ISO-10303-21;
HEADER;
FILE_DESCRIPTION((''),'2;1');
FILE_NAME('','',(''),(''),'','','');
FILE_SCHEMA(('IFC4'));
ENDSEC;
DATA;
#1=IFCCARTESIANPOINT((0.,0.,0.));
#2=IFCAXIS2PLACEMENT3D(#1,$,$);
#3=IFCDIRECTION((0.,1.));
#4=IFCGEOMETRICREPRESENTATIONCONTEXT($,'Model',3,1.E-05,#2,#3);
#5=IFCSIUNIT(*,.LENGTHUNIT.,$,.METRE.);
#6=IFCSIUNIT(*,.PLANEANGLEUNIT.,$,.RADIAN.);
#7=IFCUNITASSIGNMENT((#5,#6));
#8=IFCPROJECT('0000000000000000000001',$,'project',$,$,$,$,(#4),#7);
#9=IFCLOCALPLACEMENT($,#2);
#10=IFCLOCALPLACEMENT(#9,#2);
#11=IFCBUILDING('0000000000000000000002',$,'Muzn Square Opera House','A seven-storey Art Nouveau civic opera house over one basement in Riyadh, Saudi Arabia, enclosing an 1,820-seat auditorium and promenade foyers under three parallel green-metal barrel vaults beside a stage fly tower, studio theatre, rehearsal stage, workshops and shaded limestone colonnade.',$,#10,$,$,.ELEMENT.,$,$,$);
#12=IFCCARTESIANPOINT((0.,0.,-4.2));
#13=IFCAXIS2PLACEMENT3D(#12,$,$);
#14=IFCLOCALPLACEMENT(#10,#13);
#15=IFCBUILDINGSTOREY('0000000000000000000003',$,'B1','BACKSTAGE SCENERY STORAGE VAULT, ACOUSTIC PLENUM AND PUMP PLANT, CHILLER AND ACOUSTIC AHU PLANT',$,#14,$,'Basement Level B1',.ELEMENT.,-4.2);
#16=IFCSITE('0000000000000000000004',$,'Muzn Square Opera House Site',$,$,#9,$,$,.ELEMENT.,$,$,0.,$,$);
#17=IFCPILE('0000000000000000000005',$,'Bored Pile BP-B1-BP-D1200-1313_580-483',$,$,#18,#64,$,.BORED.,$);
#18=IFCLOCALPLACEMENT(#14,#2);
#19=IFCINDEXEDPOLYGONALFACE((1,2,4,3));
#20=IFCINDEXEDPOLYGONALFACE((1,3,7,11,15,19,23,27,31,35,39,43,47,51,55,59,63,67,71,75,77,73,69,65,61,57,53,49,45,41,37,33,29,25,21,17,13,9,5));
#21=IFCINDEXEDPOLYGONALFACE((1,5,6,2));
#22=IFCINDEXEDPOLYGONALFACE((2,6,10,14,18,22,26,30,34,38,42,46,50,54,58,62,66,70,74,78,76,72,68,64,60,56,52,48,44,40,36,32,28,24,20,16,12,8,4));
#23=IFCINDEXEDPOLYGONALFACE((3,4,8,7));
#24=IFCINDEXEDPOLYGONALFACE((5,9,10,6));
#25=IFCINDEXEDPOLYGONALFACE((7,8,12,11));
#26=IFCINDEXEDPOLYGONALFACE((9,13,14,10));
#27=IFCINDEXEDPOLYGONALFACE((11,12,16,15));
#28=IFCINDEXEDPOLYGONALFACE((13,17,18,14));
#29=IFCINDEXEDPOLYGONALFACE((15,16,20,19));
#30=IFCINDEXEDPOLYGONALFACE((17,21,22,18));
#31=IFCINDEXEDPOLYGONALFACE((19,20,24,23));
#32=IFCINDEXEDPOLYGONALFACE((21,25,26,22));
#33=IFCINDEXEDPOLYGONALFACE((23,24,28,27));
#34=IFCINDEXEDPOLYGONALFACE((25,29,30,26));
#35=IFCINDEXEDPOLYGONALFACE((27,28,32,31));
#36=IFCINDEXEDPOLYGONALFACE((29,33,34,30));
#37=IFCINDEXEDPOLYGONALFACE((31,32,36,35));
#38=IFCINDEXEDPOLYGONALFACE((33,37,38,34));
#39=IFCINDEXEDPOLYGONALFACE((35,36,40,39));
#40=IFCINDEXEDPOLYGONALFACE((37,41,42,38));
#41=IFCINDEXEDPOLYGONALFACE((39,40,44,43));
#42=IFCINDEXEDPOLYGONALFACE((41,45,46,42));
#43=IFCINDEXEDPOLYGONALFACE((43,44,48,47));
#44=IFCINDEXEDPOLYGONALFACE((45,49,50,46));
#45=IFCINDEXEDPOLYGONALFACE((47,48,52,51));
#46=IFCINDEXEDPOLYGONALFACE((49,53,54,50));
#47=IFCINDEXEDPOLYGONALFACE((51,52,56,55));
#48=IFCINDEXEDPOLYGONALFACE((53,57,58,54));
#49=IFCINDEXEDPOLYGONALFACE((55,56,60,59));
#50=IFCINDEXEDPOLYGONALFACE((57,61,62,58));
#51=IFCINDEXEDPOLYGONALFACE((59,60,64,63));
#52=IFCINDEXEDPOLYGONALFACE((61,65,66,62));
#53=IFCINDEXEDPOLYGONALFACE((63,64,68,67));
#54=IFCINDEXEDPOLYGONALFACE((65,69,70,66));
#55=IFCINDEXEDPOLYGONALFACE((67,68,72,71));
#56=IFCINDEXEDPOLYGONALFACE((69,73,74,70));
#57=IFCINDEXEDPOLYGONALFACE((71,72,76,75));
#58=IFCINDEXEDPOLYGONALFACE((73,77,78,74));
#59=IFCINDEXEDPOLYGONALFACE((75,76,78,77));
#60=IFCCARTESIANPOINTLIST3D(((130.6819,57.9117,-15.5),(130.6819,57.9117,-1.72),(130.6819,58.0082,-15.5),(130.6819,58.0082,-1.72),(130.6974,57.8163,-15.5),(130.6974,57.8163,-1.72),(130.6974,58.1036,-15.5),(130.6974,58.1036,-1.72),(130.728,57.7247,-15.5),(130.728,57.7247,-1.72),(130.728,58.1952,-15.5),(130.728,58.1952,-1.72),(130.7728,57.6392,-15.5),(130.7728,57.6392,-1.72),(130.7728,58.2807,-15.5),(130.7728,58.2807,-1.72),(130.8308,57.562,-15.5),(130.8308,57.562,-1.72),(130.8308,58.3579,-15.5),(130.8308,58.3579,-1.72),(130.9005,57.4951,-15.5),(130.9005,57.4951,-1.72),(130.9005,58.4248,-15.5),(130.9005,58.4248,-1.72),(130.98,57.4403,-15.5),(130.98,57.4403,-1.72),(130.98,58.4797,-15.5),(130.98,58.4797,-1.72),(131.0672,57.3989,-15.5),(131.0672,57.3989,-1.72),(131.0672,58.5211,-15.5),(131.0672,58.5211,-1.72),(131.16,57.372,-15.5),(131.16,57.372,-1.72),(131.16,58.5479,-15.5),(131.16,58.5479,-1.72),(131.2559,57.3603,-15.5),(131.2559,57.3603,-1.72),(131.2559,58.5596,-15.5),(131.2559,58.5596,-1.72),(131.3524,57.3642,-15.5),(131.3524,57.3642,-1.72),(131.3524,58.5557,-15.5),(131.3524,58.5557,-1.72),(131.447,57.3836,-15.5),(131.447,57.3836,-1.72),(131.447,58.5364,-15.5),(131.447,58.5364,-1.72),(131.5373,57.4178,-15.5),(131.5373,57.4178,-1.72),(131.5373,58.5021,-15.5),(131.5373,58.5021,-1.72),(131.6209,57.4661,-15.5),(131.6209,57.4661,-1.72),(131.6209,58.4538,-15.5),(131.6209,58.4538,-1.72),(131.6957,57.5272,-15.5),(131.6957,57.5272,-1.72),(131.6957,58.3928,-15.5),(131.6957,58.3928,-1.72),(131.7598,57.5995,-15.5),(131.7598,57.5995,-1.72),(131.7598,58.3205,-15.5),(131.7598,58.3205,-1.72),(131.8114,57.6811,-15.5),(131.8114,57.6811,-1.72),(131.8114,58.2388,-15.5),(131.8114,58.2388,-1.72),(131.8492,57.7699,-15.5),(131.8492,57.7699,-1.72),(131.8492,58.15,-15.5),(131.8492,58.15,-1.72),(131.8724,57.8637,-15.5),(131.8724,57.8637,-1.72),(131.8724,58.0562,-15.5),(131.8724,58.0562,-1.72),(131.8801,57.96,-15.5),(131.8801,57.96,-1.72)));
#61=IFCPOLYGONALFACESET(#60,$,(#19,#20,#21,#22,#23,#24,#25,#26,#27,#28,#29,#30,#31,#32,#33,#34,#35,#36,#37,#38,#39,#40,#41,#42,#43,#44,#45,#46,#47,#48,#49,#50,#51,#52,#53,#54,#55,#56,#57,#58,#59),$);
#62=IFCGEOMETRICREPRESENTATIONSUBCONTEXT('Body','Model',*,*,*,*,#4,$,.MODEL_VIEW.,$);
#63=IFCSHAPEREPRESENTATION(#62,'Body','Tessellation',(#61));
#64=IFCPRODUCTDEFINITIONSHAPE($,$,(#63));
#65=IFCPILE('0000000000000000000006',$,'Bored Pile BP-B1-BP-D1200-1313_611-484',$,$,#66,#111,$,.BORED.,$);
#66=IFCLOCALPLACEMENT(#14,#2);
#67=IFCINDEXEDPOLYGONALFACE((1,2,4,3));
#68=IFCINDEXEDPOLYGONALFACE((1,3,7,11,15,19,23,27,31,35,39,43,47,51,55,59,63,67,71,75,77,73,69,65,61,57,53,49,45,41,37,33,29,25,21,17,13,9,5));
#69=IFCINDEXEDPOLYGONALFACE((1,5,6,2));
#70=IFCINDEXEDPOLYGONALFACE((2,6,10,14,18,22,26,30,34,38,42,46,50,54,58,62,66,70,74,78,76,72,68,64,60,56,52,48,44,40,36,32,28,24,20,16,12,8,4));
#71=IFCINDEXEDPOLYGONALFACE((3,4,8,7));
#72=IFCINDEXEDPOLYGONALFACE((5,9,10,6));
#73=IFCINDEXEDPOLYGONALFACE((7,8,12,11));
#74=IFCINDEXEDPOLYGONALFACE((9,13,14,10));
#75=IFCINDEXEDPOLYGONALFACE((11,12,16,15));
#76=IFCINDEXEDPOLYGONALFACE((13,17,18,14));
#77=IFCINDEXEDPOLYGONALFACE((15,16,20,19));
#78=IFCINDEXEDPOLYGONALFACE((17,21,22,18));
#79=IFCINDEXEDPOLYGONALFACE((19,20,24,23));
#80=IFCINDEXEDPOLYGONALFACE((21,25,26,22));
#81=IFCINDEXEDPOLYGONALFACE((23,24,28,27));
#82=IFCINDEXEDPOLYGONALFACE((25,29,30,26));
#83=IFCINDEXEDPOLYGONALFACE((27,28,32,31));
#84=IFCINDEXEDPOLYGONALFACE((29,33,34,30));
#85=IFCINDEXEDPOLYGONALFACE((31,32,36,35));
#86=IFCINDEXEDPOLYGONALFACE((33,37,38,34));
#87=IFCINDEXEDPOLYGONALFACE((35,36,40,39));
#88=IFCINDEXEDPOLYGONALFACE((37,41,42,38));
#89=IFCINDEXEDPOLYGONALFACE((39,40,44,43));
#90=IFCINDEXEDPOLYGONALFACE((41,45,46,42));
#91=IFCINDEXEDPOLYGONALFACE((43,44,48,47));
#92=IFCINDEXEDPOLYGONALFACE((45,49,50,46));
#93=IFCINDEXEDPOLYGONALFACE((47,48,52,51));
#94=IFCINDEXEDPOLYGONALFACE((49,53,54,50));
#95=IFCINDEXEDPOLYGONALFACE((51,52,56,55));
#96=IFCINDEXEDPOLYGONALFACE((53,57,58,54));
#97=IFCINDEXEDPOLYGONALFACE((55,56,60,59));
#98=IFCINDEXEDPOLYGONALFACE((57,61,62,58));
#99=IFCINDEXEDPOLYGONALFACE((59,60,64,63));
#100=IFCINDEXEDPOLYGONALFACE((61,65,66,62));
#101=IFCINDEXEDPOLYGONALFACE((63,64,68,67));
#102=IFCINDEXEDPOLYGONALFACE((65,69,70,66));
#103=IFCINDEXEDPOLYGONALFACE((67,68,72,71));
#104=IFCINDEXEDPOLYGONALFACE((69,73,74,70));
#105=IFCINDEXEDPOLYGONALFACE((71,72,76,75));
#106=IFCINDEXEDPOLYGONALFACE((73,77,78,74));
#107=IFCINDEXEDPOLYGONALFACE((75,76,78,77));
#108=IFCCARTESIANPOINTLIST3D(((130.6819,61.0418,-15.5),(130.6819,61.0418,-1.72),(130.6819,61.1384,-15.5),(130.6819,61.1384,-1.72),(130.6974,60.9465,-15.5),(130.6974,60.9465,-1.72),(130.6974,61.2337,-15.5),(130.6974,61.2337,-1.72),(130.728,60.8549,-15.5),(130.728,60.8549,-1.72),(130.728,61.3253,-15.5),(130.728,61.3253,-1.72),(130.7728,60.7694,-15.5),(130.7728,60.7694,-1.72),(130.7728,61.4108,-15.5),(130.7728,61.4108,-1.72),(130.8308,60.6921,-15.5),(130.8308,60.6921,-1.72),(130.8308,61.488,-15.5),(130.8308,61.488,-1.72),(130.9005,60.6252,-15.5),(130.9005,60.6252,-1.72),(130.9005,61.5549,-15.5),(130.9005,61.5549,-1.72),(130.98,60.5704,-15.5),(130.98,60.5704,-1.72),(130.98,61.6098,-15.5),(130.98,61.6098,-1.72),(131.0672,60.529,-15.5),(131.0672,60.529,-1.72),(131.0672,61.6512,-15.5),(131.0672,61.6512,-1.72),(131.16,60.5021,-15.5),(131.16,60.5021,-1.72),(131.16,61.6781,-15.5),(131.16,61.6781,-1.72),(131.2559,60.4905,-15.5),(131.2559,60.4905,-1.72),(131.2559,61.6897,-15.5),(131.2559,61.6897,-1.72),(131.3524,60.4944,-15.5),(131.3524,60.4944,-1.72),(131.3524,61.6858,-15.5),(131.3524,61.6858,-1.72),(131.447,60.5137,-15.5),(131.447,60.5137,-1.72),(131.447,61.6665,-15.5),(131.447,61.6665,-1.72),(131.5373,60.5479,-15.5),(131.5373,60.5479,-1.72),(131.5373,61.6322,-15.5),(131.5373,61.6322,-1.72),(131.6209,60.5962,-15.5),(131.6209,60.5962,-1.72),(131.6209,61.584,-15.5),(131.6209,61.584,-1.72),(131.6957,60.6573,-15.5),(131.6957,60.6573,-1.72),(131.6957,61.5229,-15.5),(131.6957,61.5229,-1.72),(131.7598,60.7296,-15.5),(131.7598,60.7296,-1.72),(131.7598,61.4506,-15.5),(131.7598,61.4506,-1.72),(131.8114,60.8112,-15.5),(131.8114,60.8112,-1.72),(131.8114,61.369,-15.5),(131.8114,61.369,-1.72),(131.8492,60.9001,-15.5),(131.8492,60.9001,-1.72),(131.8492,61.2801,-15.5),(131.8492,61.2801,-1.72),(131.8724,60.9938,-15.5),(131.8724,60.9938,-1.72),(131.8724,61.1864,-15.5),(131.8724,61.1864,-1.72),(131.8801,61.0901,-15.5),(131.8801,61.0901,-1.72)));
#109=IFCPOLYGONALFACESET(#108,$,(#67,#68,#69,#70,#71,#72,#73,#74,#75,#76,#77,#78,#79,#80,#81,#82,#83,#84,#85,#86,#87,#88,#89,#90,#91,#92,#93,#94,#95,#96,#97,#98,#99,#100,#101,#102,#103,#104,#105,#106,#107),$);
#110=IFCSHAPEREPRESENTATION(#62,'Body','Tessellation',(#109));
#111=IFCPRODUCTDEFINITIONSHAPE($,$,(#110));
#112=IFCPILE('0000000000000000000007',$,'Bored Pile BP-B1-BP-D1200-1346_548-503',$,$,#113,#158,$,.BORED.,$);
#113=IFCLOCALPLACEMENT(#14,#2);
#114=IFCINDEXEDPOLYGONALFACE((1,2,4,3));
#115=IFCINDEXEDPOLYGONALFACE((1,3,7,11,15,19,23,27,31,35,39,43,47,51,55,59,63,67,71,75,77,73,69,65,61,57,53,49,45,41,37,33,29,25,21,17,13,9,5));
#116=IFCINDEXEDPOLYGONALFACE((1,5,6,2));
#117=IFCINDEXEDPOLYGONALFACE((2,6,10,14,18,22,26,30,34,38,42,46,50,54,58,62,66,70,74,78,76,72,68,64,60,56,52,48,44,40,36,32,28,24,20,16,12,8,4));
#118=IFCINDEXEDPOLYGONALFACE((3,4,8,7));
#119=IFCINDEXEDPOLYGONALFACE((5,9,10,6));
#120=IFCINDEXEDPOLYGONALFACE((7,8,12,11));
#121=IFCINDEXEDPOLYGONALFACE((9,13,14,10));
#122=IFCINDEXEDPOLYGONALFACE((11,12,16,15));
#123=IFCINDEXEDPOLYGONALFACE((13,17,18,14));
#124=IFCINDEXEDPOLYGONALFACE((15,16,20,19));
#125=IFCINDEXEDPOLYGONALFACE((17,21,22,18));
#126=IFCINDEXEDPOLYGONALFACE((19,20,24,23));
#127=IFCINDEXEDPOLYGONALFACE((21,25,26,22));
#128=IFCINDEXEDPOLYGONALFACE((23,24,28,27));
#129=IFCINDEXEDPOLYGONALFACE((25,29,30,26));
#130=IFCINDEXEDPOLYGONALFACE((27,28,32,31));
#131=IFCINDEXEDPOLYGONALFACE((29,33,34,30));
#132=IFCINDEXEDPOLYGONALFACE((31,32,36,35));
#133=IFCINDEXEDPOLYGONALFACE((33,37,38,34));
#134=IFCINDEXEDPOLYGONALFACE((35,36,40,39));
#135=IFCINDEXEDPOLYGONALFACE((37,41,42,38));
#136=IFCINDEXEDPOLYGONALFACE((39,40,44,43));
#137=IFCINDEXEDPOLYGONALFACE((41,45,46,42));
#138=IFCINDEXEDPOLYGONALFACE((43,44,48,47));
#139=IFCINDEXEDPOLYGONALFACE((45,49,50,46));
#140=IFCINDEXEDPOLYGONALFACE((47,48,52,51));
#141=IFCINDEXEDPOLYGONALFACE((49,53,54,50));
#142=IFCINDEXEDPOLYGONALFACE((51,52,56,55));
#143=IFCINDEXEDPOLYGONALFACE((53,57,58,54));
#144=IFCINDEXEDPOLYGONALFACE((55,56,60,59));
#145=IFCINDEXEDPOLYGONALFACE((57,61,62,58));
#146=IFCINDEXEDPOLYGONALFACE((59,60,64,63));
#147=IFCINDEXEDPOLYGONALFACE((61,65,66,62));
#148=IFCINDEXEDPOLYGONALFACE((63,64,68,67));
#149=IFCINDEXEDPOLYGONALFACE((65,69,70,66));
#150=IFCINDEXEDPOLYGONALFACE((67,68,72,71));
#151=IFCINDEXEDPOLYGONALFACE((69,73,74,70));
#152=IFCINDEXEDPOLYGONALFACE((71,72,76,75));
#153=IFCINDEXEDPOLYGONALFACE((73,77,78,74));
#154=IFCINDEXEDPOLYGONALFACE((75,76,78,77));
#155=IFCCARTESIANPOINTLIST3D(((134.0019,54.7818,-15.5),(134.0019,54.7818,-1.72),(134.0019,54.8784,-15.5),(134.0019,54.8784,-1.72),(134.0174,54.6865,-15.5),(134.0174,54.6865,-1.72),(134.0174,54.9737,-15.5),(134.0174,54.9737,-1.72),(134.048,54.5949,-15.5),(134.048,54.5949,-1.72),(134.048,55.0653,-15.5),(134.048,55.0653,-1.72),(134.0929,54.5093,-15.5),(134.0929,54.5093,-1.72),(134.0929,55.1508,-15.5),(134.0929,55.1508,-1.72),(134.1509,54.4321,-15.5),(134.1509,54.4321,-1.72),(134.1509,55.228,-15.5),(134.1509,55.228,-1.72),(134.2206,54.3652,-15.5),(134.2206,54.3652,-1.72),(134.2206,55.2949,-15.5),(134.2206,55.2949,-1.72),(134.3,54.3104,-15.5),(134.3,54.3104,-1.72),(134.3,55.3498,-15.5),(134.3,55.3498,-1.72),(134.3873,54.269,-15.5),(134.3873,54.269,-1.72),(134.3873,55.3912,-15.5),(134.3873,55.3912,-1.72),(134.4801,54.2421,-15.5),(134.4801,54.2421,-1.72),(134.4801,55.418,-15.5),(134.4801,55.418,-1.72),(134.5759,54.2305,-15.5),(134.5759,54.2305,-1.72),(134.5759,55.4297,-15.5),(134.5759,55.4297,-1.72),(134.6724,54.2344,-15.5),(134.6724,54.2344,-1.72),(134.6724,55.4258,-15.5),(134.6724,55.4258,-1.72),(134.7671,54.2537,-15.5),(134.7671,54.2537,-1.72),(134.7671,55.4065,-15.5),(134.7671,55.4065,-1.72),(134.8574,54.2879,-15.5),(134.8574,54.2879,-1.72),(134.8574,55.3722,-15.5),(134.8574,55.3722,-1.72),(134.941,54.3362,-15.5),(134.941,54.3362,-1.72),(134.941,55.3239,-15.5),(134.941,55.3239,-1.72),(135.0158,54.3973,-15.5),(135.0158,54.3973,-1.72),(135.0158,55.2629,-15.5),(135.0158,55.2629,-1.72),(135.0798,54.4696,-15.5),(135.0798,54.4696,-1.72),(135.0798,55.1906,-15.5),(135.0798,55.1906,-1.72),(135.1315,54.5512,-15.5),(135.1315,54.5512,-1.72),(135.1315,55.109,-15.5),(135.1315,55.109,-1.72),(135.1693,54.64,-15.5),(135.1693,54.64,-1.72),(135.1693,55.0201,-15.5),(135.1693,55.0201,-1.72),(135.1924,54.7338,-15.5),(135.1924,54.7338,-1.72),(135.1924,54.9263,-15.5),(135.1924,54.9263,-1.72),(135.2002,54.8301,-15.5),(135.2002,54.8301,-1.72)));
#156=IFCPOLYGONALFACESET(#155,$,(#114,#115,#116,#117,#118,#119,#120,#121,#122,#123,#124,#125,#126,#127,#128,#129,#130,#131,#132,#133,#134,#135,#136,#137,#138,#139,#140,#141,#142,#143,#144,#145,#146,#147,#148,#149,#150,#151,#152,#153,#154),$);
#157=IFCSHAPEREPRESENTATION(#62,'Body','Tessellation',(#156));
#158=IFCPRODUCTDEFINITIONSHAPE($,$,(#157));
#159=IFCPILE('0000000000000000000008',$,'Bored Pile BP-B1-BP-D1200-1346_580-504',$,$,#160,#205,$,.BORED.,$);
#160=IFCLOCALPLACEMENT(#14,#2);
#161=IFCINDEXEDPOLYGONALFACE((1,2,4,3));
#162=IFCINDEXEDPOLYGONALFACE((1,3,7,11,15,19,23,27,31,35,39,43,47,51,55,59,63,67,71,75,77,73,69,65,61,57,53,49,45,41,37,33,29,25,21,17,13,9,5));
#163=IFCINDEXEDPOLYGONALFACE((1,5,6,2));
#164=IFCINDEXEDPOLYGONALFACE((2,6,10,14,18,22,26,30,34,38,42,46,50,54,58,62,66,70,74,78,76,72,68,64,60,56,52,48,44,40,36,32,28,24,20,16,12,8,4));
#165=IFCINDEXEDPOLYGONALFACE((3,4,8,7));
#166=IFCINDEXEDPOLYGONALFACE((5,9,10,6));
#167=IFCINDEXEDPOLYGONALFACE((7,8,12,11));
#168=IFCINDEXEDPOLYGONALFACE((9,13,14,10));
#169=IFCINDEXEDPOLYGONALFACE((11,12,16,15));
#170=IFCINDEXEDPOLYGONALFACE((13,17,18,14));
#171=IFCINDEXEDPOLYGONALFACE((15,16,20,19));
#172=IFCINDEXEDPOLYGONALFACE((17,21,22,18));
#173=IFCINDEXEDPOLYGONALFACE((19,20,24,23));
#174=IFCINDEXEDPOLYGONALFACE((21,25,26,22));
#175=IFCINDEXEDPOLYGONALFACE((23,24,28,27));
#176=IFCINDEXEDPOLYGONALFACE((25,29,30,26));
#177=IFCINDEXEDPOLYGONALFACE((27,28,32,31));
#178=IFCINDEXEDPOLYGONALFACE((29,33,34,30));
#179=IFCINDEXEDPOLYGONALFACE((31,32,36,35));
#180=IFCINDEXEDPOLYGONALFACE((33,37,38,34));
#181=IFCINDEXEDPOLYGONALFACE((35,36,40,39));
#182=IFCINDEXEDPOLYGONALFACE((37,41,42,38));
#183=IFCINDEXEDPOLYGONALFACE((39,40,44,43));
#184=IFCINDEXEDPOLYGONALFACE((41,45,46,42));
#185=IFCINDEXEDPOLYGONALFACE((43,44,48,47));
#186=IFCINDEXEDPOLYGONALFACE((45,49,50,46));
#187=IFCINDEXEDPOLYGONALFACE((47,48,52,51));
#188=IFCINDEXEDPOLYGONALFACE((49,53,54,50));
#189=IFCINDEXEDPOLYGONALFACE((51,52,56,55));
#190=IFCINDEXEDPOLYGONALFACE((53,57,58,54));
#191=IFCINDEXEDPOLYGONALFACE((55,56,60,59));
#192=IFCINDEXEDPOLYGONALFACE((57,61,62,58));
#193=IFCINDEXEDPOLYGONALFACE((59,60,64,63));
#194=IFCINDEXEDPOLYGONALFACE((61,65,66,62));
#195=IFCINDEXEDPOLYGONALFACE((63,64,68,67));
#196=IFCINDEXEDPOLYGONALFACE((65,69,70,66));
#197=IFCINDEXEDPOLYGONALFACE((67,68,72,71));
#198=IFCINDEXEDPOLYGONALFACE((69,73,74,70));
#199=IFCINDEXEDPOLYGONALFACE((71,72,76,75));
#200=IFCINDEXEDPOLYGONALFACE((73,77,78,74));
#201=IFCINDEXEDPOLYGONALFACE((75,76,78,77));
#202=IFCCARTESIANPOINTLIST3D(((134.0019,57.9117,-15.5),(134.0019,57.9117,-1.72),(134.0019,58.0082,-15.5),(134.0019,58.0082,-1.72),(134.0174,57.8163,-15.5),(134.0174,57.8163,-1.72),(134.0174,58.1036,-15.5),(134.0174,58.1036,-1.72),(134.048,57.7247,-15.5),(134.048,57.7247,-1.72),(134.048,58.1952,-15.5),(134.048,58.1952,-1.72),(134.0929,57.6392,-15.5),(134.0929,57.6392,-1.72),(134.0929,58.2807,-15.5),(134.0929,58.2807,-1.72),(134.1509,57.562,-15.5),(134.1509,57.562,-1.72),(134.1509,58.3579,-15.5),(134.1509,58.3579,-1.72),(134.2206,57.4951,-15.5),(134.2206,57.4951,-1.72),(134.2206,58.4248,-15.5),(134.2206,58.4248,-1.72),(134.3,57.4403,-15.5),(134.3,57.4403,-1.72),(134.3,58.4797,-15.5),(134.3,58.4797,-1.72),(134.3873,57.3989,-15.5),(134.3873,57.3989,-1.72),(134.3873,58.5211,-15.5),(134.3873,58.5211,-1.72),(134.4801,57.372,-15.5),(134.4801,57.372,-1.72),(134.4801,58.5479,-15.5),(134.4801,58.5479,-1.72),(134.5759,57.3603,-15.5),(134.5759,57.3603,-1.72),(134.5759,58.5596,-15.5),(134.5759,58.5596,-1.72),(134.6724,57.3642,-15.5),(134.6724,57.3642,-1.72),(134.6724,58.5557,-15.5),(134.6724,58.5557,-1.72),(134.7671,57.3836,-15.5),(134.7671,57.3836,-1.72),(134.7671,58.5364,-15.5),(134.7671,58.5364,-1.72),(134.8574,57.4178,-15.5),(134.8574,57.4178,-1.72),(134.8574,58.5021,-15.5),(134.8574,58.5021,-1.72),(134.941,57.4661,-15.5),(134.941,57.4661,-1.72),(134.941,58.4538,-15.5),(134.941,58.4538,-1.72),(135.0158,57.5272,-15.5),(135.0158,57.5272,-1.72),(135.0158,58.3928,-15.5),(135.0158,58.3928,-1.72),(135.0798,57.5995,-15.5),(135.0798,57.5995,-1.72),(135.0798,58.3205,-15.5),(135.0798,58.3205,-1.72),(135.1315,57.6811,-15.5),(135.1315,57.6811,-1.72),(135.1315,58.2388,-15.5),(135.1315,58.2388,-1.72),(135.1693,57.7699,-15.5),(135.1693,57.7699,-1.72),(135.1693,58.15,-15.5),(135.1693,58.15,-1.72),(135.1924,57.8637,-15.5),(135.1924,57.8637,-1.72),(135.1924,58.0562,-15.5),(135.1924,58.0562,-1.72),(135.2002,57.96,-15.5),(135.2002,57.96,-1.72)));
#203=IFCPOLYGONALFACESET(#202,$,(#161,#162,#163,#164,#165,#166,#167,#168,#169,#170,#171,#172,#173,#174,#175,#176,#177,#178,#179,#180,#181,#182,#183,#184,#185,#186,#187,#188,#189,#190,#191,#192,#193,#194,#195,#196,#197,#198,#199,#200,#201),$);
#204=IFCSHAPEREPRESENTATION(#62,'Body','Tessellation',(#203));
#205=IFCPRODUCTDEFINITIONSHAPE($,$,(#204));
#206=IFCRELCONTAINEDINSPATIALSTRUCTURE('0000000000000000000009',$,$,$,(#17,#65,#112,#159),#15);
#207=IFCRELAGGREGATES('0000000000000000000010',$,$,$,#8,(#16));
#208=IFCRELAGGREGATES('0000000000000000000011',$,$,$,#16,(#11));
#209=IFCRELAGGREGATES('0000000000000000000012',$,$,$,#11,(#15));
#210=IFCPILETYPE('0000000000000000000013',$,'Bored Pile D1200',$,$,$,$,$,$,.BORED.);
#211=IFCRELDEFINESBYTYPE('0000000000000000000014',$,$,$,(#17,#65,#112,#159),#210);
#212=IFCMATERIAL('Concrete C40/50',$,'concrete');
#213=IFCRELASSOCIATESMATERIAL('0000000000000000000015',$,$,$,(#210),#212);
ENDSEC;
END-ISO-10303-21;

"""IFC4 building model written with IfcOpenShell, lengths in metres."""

from ifc_helpers import new_model, si_unit, direction, frame, origin, origin_2d, place, context, subcontext, project, spatial, circle, extrude, material, material_profile, profile_set, type_object, element, save


model = new_model("IFC4")

# Units and contexts
model_context = context("Model", 3, precision=1e-05, world=origin(), true_north=direction((0.0, 1.0)))
body_context = subcontext(model_context, "Body", "Model", "MODEL_VIEW")
ifc_project = project(units=[si_unit("LENGTHUNIT", "METRE"), si_unit("PLANEANGLEUNIT", "RADIAN")], contexts=[model_context])

# Site, building, storey
site_placement = place(None, origin())
site = spatial("IfcSite", under=ifc_project, at=site_placement, Name="Muzn Square Opera House Site", CompositionType="ELEMENT", RefElevation=0.0)
building_placement = place(site_placement, origin())
building = spatial("IfcBuilding", under=site, at=building_placement, Name="Muzn Square Opera House", Description="A seven-storey Art Nouveau civic opera house over one basement in Riyadh, Saudi Arabia, enclosing an 1,820-seat auditorium and promenade foyers under three parallel green-metal barrel vaults beside a stage fly tower, studio theatre, rehearsal stage, workshops and shaded limestone colonnade.", CompositionType="ELEMENT")
storey_placement = place(building_placement, frame((0.0, 0.0, -4.2)))
storey = spatial("IfcBuildingStorey", under=building, at=storey_placement, Name="B1", Description="BACKSTAGE SCENERY STORAGE VAULT, ACOUSTIC PLENUM AND PUMP PLANT, CHILLER AND ACOUSTIC AHU PLANT", LongName="Basement Level B1", CompositionType="ELEMENT", Elevation=-4.2)

# Piles
ifc_material_1 = material(Name="Concrete C40/50", Category="concrete")
ifc_material_profile_1 = material_profile(ifc_material_1, circle(Radius=0.6001, at=origin_2d()), Name="BORED PILE D1200", Category="concrete")
ifc_profile_set_1 = profile_set([ifc_material_profile_1], Name="Concrete C40/50")
pile_type_1 = type_object("IfcPileType", Name="Bored Pile D1200", PredefinedType="BORED", material=ifc_profile_set_1)
for number, where, z_axis, x_axis, name in (
    (1, (131.28, 57.96, -1.72), (0.0, 0.0, -1.0), (1.0, 0.0, 0.0), "Bored Pile BP-B1-BP-D1200-1313_580-483"),
    (2, (131.28, 61.0901, -1.72), (0.0, 0.0, -1.0), (1.0, 0.0, 0.0), "Bored Pile BP-B1-BP-D1200-1313_611-484"),
    (3, (134.6001, 54.8301, -1.72), (0.0, 0.0, -1.0), (1.0, 0.0, 0.0), "Bored Pile BP-B1-BP-D1200-1346_548-503"),
    (4, (134.6001, 57.96, -1.72), (0.0, 0.0, -1.0), (1.0, 0.0, 0.0), "Bored Pile BP-B1-BP-D1200-1346_580-504"),
):
    element("IfcPile", number, at=place(storey_placement, frame(where, z_axis=z_axis, x_axis=x_axis)), inside=storey, type_object=pile_type_1, Name=name, PredefinedType="BORED", context=body_context, shape_type="SweptSolid", body=[
        extrude(circle(Radius=0.6001, at=origin_2d()), origin(), (0.0, 0.0, 1.0), 13.78),
    ])

save(model, "model.ifc")
